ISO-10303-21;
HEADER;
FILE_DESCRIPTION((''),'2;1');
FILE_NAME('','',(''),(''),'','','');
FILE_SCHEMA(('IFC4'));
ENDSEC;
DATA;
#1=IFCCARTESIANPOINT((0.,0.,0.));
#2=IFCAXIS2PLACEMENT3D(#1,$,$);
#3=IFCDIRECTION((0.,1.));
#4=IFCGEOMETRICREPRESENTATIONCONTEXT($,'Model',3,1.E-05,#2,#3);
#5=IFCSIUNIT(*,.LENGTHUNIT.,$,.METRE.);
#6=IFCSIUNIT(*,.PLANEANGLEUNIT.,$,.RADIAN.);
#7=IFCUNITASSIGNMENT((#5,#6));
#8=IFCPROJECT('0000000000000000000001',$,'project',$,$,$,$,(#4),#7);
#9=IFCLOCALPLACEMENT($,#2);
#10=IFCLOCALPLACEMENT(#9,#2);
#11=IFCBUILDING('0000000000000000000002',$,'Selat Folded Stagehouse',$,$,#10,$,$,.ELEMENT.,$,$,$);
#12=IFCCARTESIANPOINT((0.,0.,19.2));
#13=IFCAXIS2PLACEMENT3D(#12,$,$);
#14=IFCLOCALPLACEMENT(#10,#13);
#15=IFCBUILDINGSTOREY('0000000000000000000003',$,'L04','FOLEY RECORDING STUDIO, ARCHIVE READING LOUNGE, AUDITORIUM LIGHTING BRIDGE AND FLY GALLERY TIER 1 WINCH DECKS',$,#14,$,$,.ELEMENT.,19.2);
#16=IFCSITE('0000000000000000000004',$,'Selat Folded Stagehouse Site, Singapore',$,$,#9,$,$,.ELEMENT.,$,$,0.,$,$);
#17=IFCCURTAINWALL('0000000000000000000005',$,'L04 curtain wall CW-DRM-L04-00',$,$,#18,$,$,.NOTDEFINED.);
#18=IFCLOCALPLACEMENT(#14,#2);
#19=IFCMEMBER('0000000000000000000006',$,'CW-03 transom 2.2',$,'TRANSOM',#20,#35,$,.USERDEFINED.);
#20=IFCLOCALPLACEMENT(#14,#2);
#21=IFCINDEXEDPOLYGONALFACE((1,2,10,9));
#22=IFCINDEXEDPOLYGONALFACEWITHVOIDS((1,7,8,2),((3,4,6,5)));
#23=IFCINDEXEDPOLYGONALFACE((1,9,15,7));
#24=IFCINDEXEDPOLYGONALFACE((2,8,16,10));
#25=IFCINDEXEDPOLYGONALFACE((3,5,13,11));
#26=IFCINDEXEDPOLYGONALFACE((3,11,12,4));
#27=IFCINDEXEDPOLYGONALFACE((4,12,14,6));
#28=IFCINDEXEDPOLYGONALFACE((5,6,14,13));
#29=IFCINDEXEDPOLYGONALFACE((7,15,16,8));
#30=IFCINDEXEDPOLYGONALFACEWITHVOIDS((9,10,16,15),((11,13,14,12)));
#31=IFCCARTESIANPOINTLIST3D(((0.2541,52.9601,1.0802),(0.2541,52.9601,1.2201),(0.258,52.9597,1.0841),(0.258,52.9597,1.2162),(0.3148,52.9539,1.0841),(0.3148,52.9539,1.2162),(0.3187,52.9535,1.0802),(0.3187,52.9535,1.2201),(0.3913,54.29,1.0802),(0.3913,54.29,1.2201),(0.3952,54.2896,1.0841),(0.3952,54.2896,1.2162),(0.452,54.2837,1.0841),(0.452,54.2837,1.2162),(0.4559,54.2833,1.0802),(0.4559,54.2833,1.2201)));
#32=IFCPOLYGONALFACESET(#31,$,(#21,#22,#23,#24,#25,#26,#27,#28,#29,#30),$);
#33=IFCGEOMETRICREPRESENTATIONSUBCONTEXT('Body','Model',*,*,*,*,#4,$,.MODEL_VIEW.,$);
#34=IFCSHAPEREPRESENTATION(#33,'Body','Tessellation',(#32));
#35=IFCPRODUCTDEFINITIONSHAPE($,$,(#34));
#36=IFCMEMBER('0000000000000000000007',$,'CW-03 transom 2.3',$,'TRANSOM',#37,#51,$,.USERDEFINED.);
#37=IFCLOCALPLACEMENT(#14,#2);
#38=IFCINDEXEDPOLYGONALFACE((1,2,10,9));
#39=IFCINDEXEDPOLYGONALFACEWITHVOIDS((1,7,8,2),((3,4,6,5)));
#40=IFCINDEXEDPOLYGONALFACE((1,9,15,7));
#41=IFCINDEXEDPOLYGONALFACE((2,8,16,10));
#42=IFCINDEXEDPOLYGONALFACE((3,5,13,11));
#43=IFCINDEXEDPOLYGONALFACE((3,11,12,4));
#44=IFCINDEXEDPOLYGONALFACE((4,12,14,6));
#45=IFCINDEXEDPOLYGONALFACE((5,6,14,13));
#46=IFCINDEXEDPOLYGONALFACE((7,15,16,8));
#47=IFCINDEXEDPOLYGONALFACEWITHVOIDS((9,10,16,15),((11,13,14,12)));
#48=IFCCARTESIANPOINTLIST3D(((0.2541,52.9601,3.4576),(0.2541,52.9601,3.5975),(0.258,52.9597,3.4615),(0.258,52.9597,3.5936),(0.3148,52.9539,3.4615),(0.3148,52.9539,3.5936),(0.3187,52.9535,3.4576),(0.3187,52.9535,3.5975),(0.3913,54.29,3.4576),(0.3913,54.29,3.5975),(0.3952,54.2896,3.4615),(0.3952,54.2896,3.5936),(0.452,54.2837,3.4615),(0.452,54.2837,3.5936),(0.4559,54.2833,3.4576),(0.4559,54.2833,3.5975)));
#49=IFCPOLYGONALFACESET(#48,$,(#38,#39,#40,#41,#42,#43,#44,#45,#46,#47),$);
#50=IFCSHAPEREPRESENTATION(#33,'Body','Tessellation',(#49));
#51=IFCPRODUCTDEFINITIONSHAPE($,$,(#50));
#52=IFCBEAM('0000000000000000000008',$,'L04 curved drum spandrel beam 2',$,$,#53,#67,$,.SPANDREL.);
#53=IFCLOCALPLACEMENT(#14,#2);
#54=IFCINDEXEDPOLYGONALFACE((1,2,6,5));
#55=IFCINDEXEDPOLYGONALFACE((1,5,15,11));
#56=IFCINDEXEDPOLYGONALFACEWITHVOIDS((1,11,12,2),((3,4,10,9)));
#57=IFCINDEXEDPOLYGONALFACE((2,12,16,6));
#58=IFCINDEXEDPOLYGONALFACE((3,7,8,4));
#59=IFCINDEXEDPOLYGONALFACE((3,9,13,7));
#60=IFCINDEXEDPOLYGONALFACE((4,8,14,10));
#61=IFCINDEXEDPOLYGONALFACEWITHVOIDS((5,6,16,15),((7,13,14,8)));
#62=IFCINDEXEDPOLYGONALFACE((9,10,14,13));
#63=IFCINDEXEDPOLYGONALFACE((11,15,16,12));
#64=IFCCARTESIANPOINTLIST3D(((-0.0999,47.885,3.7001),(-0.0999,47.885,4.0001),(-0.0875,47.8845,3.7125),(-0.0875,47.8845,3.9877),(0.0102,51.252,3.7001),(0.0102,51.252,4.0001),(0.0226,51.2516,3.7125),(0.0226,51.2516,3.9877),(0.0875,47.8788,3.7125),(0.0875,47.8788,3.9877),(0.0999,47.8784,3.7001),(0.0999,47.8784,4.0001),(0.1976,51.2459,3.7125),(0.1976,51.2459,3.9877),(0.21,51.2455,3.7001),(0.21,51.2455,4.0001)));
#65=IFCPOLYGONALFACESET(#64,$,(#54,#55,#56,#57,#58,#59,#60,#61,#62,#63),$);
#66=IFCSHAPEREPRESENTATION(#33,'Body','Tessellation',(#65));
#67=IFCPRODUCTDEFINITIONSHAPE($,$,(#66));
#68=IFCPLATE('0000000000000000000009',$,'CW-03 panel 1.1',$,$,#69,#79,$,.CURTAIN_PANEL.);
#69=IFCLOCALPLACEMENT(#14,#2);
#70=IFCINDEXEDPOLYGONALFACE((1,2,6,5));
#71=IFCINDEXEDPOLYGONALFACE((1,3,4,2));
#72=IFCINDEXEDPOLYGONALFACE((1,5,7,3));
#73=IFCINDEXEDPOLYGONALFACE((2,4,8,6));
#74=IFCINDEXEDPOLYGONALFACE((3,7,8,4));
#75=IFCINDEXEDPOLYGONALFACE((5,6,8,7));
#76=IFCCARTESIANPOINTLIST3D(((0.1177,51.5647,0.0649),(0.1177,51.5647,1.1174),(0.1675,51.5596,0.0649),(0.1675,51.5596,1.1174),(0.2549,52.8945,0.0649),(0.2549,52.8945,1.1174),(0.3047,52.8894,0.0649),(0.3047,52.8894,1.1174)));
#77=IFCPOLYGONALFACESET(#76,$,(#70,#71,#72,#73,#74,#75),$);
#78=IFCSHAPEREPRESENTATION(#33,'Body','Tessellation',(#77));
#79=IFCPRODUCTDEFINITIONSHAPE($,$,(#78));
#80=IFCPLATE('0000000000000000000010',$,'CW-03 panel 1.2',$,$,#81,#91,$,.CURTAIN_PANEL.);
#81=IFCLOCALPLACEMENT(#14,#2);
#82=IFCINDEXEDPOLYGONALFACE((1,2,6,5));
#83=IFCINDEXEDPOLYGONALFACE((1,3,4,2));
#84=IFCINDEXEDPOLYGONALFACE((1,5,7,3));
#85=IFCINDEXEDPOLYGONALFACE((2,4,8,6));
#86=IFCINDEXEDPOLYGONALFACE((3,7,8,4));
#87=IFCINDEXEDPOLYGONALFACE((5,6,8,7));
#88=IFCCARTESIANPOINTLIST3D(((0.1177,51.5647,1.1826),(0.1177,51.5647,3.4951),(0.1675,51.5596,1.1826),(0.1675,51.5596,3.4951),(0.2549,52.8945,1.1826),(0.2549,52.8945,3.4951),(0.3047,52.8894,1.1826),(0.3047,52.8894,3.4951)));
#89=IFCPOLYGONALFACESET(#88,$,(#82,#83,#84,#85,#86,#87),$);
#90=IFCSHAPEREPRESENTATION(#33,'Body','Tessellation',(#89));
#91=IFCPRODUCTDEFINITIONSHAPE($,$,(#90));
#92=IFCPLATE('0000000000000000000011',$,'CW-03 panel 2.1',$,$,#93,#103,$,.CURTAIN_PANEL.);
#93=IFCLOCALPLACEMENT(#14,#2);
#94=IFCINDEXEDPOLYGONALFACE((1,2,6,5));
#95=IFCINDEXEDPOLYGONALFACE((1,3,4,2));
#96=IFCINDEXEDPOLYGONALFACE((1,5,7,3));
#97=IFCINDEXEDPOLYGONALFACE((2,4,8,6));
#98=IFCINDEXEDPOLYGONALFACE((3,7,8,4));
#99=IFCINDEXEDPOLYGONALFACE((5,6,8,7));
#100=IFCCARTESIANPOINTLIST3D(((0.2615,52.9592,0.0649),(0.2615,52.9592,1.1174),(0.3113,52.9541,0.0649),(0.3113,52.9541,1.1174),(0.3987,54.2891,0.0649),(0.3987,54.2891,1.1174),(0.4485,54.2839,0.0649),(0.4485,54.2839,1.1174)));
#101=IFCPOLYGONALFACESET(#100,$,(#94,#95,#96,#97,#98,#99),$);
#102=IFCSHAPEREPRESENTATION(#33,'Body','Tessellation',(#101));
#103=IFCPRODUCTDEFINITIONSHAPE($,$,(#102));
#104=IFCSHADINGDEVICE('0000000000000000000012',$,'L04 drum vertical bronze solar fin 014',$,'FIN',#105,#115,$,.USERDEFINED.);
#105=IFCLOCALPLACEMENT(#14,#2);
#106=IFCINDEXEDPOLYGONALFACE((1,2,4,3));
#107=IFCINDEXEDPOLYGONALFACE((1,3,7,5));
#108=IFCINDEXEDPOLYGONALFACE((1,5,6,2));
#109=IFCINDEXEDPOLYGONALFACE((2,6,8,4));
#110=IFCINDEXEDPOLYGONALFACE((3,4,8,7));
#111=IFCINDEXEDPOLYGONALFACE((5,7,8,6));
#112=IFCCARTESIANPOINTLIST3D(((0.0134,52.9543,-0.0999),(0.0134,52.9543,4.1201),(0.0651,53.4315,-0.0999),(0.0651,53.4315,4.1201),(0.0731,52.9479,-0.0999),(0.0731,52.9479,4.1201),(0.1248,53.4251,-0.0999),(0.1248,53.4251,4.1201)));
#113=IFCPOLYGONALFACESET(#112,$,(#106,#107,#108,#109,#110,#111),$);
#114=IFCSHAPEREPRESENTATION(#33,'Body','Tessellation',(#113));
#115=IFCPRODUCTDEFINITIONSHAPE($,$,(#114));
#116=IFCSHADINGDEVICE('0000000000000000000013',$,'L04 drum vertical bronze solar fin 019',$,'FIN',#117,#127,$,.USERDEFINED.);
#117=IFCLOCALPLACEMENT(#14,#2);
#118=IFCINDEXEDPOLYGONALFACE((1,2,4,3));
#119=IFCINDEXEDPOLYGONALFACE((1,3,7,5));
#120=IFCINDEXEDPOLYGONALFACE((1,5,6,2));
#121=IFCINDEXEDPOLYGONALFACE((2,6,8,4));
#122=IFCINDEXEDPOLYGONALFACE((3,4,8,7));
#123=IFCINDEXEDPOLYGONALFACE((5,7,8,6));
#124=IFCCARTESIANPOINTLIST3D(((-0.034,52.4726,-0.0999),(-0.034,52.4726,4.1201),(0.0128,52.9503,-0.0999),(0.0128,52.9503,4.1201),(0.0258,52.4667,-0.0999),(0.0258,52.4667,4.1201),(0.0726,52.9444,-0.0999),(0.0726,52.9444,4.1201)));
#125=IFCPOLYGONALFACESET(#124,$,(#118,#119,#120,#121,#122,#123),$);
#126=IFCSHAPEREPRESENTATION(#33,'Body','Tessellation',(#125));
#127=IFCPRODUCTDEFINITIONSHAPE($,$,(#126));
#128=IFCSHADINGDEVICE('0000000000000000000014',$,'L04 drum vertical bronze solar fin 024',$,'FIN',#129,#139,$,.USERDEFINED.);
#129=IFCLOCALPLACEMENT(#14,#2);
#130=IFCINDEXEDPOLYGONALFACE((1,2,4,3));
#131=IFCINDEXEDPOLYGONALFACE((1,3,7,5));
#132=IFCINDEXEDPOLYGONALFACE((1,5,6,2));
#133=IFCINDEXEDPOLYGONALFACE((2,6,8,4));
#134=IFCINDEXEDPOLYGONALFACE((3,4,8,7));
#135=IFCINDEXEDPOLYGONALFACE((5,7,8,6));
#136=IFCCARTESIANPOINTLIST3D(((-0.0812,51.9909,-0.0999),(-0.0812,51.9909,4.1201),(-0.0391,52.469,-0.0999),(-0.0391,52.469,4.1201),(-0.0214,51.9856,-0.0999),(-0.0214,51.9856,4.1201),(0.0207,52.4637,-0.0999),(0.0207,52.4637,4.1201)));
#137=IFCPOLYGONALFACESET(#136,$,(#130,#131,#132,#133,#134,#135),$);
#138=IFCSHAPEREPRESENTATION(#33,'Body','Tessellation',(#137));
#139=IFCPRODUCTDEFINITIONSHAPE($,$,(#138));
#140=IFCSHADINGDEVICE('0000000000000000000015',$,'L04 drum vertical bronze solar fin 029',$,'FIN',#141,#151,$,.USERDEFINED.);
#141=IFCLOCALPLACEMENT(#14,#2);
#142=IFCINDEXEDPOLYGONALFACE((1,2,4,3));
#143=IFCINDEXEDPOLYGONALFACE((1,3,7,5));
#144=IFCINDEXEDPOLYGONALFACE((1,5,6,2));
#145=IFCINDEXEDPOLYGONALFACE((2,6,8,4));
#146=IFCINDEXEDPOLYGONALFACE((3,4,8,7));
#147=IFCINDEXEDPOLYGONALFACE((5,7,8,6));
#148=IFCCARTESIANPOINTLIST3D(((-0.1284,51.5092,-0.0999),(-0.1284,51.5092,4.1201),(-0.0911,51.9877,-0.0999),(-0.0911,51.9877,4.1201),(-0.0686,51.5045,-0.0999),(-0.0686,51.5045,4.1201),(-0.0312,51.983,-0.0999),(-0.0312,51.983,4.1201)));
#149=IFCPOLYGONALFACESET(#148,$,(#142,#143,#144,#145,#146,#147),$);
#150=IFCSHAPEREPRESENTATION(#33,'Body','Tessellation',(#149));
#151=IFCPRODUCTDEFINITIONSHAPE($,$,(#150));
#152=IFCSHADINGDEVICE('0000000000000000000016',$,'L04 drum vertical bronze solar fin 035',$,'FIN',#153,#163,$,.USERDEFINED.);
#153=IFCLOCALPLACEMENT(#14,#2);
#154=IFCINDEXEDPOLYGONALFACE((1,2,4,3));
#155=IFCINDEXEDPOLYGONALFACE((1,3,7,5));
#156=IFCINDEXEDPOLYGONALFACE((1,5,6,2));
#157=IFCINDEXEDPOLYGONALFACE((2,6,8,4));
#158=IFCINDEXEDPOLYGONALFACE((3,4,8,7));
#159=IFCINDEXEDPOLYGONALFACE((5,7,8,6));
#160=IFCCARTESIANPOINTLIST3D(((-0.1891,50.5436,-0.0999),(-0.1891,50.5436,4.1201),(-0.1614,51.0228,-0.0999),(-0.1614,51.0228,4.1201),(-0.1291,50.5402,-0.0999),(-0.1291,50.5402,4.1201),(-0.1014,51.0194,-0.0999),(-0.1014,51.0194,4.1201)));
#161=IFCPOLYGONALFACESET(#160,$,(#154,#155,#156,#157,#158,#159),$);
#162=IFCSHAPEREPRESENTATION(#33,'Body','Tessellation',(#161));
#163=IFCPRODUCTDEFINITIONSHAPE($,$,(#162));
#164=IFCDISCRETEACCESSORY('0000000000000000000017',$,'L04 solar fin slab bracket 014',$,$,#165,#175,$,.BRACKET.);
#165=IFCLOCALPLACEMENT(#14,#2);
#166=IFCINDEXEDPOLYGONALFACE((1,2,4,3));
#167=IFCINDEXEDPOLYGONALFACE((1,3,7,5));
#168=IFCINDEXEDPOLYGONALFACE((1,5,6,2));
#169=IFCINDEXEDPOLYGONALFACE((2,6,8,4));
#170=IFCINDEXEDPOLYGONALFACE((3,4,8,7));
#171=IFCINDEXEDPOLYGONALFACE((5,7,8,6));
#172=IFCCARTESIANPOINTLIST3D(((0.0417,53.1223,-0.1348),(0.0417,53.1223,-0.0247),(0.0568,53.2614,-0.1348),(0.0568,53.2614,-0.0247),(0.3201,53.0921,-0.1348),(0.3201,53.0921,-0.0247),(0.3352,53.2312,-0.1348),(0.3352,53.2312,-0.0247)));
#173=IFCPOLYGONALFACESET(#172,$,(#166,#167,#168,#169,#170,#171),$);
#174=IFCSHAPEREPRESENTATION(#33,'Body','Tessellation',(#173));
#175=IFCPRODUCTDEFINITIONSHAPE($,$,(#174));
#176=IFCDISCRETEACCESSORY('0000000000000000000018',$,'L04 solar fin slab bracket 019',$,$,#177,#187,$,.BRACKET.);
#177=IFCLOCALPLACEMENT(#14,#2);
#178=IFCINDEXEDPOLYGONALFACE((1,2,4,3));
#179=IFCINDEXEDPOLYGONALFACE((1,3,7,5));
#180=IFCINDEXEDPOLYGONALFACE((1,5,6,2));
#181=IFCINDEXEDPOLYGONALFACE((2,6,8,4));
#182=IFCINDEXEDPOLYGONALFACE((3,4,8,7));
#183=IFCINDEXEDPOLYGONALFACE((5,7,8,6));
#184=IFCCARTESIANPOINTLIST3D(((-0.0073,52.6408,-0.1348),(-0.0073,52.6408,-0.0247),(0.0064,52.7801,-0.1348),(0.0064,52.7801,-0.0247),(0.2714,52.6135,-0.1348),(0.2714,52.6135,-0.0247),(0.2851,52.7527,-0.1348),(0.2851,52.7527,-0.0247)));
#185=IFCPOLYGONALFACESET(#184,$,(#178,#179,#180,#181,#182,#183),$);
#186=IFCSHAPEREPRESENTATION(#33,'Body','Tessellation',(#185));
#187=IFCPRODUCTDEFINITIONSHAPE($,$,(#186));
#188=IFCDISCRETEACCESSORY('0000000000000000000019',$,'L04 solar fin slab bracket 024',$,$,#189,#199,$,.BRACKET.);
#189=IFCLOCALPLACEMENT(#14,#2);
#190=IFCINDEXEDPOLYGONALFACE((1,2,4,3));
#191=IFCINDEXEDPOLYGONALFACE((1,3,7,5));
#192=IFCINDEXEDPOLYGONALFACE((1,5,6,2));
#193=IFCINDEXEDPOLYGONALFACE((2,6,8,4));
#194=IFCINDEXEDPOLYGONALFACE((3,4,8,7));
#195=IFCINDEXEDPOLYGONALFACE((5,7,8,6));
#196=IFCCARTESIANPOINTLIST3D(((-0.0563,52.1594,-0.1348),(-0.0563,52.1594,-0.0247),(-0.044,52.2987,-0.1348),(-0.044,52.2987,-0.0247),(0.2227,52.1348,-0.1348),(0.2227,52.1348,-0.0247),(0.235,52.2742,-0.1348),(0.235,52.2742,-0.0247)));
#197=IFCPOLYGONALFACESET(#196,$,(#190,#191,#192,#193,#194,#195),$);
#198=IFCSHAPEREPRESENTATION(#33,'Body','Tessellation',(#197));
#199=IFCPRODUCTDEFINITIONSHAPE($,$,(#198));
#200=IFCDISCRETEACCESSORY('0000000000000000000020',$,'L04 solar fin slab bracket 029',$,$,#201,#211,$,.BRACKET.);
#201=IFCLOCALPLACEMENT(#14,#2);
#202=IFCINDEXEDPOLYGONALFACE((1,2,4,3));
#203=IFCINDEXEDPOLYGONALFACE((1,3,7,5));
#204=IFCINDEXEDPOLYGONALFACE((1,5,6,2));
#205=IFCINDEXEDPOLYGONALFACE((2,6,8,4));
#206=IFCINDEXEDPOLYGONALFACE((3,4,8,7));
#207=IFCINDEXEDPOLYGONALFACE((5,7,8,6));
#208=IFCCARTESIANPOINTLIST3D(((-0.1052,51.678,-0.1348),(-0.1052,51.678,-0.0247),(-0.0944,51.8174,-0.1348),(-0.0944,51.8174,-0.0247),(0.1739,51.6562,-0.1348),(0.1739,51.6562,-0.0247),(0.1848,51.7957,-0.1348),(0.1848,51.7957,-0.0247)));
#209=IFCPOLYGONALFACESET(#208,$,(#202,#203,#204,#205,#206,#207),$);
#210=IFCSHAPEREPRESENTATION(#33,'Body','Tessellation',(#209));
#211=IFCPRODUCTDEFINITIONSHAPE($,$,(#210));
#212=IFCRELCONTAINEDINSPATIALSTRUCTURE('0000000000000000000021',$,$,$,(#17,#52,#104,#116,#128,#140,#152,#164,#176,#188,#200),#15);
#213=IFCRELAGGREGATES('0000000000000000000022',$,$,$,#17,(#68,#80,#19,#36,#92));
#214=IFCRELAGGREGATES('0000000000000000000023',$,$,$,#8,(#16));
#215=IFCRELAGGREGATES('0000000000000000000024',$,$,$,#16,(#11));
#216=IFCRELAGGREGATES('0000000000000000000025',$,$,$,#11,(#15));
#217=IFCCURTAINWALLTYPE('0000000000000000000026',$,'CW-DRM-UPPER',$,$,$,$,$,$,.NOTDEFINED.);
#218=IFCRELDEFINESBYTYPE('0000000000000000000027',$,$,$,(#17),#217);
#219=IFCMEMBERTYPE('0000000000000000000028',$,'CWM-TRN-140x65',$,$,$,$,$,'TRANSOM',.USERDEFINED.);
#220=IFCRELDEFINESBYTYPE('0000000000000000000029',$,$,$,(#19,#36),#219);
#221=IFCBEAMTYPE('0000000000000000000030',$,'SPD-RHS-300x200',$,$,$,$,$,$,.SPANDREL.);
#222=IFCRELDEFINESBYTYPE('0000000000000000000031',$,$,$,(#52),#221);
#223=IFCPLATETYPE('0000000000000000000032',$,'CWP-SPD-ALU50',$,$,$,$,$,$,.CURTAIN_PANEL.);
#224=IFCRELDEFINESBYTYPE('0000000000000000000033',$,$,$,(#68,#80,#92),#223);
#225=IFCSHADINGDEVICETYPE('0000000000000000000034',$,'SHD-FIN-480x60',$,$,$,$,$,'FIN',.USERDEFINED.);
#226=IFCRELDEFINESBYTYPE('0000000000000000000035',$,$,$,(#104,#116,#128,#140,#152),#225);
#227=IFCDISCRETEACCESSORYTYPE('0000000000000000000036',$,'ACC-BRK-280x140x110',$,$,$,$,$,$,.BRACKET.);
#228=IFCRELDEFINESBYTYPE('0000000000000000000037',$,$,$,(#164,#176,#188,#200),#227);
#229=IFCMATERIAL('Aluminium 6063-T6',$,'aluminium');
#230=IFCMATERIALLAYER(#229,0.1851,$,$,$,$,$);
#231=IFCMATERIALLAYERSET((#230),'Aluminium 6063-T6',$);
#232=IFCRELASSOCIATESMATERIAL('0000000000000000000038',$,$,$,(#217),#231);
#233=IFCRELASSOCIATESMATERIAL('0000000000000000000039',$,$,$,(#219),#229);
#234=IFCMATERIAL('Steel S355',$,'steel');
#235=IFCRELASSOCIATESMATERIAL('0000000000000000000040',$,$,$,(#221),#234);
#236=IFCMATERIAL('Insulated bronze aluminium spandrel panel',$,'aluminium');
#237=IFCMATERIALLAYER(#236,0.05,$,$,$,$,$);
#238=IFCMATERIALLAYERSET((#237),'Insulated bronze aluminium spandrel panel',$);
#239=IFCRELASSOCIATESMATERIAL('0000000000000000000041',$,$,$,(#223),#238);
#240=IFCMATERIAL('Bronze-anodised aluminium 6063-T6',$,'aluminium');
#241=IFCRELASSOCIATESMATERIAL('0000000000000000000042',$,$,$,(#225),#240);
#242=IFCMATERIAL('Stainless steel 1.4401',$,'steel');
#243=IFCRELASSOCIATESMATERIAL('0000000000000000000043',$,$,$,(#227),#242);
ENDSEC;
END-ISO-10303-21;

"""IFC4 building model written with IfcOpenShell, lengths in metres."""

from ifc_helpers import new_model, si_unit, direction, frame, origin, origin_2d, place, context, subcontext, project, spatial, rectangle, hollow_rectangle, extrude, material, layer, layer_set, material_profile, profile_set, type_object, element, aggregate, save


model = new_model("IFC4")

# Units and contexts
model_context = context("Model", 3, precision=1e-05, world=origin(), true_north=direction((0.0, 1.0)))
body_context = subcontext(model_context, "Body", "Model", "MODEL_VIEW")
ifc_project = project(units=[si_unit("LENGTHUNIT", "METRE"), si_unit("PLANEANGLEUNIT", "RADIAN")], contexts=[model_context])

# Site, building, storey
site_placement = place(None, origin())
site = spatial("IfcSite", under=ifc_project, at=site_placement, Name="Selat Folded Stagehouse Site, Singapore", CompositionType="ELEMENT", RefElevation=0.0)
building_placement = place(site_placement, origin())
building = spatial("IfcBuilding", under=site, at=building_placement, Name="Selat Folded Stagehouse", CompositionType="ELEMENT")
storey_placement = place(building_placement, frame((0.0, 0.0, 19.2)))
storey = spatial("IfcBuildingStorey", under=building, at=storey_placement, Name="L04", Description="FOLEY RECORDING STUDIO, ARCHIVE READING LOUNGE, AUDITORIUM LIGHTING BRIDGE AND FLY GALLERY TIER 1 WINCH DECKS", CompositionType="ELEMENT", Elevation=19.2)

# Shared definitions
ifc_material_1 = material(Name="Steel S355", Category="steel")

# Curtain wall
ifc_material_2 = material(Name="Aluminium 6063-T6", Category="aluminium")
ifc_layer_1 = layer(ifc_material_2, 0.1851)
ifc_layer_set_1 = layer_set([ifc_layer_1], Name="Aluminium 6063-T6")
curtain_wall_type = type_object("IfcCurtainWallType", Name="CW-DRM-UPPER", PredefinedType="NOTDEFINED", material=ifc_layer_set_1)
curtain_wall_1_placement = place(storey_placement, origin())
curtain_wall_1 = element("IfcCurtainWall", 1, at=curtain_wall_1_placement, inside=storey, type_object=curtain_wall_type, Name="L04 curtain wall CW-DRM-L04-00", PredefinedType="NOTDEFINED")

# Members
ifc_material_profile_1 = material_profile(ifc_material_2, hollow_rectangle(XDim=0.0649, YDim=0.1399, WallThickness=0.0039, at=origin_2d()), Name="ALU 140x65x4.0")
ifc_profile_set_1 = profile_set([ifc_material_profile_1], Name="Aluminium 6063-T6")
member_type_1 = type_object("IfcMemberType", Name="CWM-TRN-140x65", ElementType="TRANSOM", PredefinedType="USERDEFINED", material=ifc_profile_set_1)
member_1_placement = place(storey_placement, frame((0.2864, 52.9568, 1.1501), z_axis=(0.102631, 0.994719, 0.0), x_axis=(-0.994719, 0.102631, 0.0)))
member_1 = element("IfcMember", 2, at=member_1_placement, type_object=member_type_1, Name="CW-03 transom 2.2", ObjectType="TRANSOM", PredefinedType="USERDEFINED", context=body_context, shape_type="SweptSolid", body=[
    extrude(hollow_rectangle(XDim=0.0649, YDim=0.1399, WallThickness=0.0039, at=origin_2d()), origin(), (0.0, 0.0, 1.0), 1.3369),
])
member_2_placement = place(storey_placement, frame((0.2864, 52.9568, 3.5276), z_axis=(0.102631, 0.994719, 0.0), x_axis=(-0.994719, 0.102631, 0.0)))
member_2 = element("IfcMember", 3, at=member_2_placement, type_object=member_type_1, Name="CW-03 transom 2.3", ObjectType="TRANSOM", PredefinedType="USERDEFINED", context=body_context, shape_type="SweptSolid", body=[
    extrude(hollow_rectangle(XDim=0.0649, YDim=0.1399, WallThickness=0.0039, at=origin_2d()), origin(), (0.0, 0.0, 1.0), 1.3369),
])

# Beam
ifc_material_profile_2 = material_profile(ifc_material_1, hollow_rectangle(XDim=0.2, YDim=0.3, WallThickness=0.0125, at=origin_2d()), Name="RHS 300x200x12.5")
ifc_profile_set_2 = profile_set([ifc_material_profile_2], Name="Steel S355")
beam_type = type_object("IfcBeamType", Name="SPD-RHS-300x200", PredefinedType="SPANDREL", material=ifc_profile_set_2)
beam_placement = place(storey_placement, frame((0.1101, 51.2488, 3.8501), z_axis=(-0.032683, -0.999466, 0.0), x_axis=(0.999466, -0.032683, 0.0)))
element("IfcBeam", 4, at=beam_placement, inside=storey, type_object=beam_type, Name="L04 curved drum spandrel beam 2", PredefinedType="SPANDREL", context=body_context, shape_type="SweptSolid", body=[
    extrude(hollow_rectangle(XDim=0.2, YDim=0.3, WallThickness=0.0125, at=origin_2d()), origin(), (0.0, 0.0, 1.0), 3.3689),
])

# Plates
ifc_material_3 = material(Name="Insulated bronze aluminium spandrel panel", Category="aluminium")
ifc_layer_2 = layer(ifc_material_3, 0.05)
ifc_layer_set_2 = layer_set([ifc_layer_2], Name="Insulated bronze aluminium spandrel panel")
plate_type = type_object("IfcPlateType", Name="CWP-SPD-ALU50", PredefinedType="CURTAIN_PANEL", material=ifc_layer_set_2)
plate_1_placement = place(storey_placement, frame((0.2112, 52.2271, 0.0649), z_axis=(0.0, 0.0, 1.0), x_axis=(0.102616, 0.994721, 0.0)))
plate_1 = element("IfcPlate", 5, at=plate_1_placement, type_object=plate_type, Name="CW-03 panel 1.1", PredefinedType="CURTAIN_PANEL", context=body_context, shape_type="SweptSolid", body=[
    extrude(rectangle(XDim=1.3369, YDim=0.05, at=origin_2d()), origin(), (0.0, 0.0, 1.0), 1.0525),
])
plate_2_placement = place(storey_placement, frame((0.2112, 52.2271, 1.1826), z_axis=(0.0, 0.0, 1.0), x_axis=(0.102616, 0.994721, 0.0)))
plate_2 = element("IfcPlate", 6, at=plate_2_placement, type_object=plate_type, Name="CW-03 panel 1.2", PredefinedType="CURTAIN_PANEL", context=body_context, shape_type="SweptSolid", body=[
    extrude(rectangle(XDim=1.3369, YDim=0.05, at=origin_2d()), origin(), (0.0, 0.0, 1.0), 2.3125),
])
plate_3_placement = place(storey_placement, frame((0.355, 53.6216, 0.0649), z_axis=(0.0, 0.0, 1.0), x_axis=(0.102616, 0.994721, 0.0)))
plate_3 = element("IfcPlate", 7, at=plate_3_placement, type_object=plate_type, Name="CW-03 panel 2.1", PredefinedType="CURTAIN_PANEL", context=body_context, shape_type="SweptSolid", body=[
    extrude(rectangle(XDim=1.3369, YDim=0.05, at=origin_2d()), origin(), (0.0, 0.0, 1.0), 1.0525),
])
aggregate(curtain_wall_1, [plate_1, plate_2, member_1, member_2, plate_3])

# Shading devices
ifc_material_4 = material(Name="Bronze-anodised aluminium 6063-T6", Category="aluminium")
ifc_material_profile_3 = material_profile(ifc_material_4, rectangle(XDim=0.0601, YDim=0.48, at=origin_2d()), Name="SOLAR-FIN 480x60")
ifc_profile_set_3 = profile_set([ifc_material_profile_3], Name="Bronze-anodised aluminium 6063-T6")
shading_device_type = type_object("IfcShadingDeviceType", Name="SHD-FIN-480x60", ElementType="FIN", PredefinedType="USERDEFINED", material=ifc_profile_set_3)
for number, where, z_axis, x_axis, name in (
    (8, (0.0691, 53.1897, -0.0999), (0.0, 0.0, 1.0), (-0.994189, 0.107652, 0.0), "L04 drum vertical bronze solar fin 014"),
    (9, (0.0193, 52.7085, -0.0999), (0.0, 0.0, 1.0), (-0.995227, 0.097583, 0.0), "L04 drum vertical bronze solar fin 019"),
    (10, (-0.0303, 52.2273, -0.0999), (0.0, 0.0, 1.0), (-0.996149, 0.087677, 0.0), "L04 drum vertical bronze solar fin 024"),
    (11, (-0.0798, 51.7461, -0.0999), (0.0, 0.0, 1.0), (-0.996972, 0.077763, 0.0), "L04 drum vertical bronze solar fin 029"),
    (12, (-0.1453, 50.7815, -0.0999), (0.0, 0.0, 1.0), (-0.998332, 0.057738, 0.0), "L04 drum vertical bronze solar fin 035"),
):
    element("IfcShadingDevice", number, at=place(storey_placement, frame(where, z_axis=z_axis, x_axis=x_axis)), inside=storey, type_object=shading_device_type, Name=name, ObjectType="FIN", PredefinedType="USERDEFINED", context=body_context, shape_type="SweptSolid", body=[
        extrude(rectangle(XDim=0.0601, YDim=0.48, at=origin_2d()), origin(), (0.0, 0.0, 1.0), 4.22),
    ])

# Discrete accessories
ifc_material_5 = material(Name="Stainless steel 1.4401", Category="steel")
discrete_accessory_type = type_object("IfcDiscreteAccessoryType", Name="ACC-BRK-280x140x110", PredefinedType="BRACKET", material=ifc_material_5)
for number, where, z_axis, x_axis, name in (
    (13, (0.1885, 53.1768, -0.1348), (0.0, 0.0, 1.0), (-0.994189, 0.107652, 0.0), "L04 solar fin slab bracket 014"),
    (14, (0.1389, 52.6968, -0.1348), (0.0, 0.0, 1.0), (-0.995227, 0.097583, 0.0), "L04 solar fin slab bracket 019"),
    (15, (0.0894, 52.2168, -0.1348), (0.0, 0.0, 1.0), (-0.996149, 0.087677, 0.0), "L04 solar fin slab bracket 024"),
    (16, (0.0398, 51.7368, -0.1348), (0.0, 0.0, 1.0), (-0.996972, 0.077763, 0.0), "L04 solar fin slab bracket 029"),
):
    element("IfcDiscreteAccessory", number, at=place(storey_placement, frame(where, z_axis=z_axis, x_axis=x_axis)), inside=storey, type_object=discrete_accessory_type, Name=name, PredefinedType="BRACKET", context=body_context, shape_type="SweptSolid", body=[
        extrude(rectangle(XDim=0.28, YDim=0.1399, at=origin_2d()), origin(), (0.0, 0.0, 1.0), 0.1101),
    ])

save(model, "model.ifc")
